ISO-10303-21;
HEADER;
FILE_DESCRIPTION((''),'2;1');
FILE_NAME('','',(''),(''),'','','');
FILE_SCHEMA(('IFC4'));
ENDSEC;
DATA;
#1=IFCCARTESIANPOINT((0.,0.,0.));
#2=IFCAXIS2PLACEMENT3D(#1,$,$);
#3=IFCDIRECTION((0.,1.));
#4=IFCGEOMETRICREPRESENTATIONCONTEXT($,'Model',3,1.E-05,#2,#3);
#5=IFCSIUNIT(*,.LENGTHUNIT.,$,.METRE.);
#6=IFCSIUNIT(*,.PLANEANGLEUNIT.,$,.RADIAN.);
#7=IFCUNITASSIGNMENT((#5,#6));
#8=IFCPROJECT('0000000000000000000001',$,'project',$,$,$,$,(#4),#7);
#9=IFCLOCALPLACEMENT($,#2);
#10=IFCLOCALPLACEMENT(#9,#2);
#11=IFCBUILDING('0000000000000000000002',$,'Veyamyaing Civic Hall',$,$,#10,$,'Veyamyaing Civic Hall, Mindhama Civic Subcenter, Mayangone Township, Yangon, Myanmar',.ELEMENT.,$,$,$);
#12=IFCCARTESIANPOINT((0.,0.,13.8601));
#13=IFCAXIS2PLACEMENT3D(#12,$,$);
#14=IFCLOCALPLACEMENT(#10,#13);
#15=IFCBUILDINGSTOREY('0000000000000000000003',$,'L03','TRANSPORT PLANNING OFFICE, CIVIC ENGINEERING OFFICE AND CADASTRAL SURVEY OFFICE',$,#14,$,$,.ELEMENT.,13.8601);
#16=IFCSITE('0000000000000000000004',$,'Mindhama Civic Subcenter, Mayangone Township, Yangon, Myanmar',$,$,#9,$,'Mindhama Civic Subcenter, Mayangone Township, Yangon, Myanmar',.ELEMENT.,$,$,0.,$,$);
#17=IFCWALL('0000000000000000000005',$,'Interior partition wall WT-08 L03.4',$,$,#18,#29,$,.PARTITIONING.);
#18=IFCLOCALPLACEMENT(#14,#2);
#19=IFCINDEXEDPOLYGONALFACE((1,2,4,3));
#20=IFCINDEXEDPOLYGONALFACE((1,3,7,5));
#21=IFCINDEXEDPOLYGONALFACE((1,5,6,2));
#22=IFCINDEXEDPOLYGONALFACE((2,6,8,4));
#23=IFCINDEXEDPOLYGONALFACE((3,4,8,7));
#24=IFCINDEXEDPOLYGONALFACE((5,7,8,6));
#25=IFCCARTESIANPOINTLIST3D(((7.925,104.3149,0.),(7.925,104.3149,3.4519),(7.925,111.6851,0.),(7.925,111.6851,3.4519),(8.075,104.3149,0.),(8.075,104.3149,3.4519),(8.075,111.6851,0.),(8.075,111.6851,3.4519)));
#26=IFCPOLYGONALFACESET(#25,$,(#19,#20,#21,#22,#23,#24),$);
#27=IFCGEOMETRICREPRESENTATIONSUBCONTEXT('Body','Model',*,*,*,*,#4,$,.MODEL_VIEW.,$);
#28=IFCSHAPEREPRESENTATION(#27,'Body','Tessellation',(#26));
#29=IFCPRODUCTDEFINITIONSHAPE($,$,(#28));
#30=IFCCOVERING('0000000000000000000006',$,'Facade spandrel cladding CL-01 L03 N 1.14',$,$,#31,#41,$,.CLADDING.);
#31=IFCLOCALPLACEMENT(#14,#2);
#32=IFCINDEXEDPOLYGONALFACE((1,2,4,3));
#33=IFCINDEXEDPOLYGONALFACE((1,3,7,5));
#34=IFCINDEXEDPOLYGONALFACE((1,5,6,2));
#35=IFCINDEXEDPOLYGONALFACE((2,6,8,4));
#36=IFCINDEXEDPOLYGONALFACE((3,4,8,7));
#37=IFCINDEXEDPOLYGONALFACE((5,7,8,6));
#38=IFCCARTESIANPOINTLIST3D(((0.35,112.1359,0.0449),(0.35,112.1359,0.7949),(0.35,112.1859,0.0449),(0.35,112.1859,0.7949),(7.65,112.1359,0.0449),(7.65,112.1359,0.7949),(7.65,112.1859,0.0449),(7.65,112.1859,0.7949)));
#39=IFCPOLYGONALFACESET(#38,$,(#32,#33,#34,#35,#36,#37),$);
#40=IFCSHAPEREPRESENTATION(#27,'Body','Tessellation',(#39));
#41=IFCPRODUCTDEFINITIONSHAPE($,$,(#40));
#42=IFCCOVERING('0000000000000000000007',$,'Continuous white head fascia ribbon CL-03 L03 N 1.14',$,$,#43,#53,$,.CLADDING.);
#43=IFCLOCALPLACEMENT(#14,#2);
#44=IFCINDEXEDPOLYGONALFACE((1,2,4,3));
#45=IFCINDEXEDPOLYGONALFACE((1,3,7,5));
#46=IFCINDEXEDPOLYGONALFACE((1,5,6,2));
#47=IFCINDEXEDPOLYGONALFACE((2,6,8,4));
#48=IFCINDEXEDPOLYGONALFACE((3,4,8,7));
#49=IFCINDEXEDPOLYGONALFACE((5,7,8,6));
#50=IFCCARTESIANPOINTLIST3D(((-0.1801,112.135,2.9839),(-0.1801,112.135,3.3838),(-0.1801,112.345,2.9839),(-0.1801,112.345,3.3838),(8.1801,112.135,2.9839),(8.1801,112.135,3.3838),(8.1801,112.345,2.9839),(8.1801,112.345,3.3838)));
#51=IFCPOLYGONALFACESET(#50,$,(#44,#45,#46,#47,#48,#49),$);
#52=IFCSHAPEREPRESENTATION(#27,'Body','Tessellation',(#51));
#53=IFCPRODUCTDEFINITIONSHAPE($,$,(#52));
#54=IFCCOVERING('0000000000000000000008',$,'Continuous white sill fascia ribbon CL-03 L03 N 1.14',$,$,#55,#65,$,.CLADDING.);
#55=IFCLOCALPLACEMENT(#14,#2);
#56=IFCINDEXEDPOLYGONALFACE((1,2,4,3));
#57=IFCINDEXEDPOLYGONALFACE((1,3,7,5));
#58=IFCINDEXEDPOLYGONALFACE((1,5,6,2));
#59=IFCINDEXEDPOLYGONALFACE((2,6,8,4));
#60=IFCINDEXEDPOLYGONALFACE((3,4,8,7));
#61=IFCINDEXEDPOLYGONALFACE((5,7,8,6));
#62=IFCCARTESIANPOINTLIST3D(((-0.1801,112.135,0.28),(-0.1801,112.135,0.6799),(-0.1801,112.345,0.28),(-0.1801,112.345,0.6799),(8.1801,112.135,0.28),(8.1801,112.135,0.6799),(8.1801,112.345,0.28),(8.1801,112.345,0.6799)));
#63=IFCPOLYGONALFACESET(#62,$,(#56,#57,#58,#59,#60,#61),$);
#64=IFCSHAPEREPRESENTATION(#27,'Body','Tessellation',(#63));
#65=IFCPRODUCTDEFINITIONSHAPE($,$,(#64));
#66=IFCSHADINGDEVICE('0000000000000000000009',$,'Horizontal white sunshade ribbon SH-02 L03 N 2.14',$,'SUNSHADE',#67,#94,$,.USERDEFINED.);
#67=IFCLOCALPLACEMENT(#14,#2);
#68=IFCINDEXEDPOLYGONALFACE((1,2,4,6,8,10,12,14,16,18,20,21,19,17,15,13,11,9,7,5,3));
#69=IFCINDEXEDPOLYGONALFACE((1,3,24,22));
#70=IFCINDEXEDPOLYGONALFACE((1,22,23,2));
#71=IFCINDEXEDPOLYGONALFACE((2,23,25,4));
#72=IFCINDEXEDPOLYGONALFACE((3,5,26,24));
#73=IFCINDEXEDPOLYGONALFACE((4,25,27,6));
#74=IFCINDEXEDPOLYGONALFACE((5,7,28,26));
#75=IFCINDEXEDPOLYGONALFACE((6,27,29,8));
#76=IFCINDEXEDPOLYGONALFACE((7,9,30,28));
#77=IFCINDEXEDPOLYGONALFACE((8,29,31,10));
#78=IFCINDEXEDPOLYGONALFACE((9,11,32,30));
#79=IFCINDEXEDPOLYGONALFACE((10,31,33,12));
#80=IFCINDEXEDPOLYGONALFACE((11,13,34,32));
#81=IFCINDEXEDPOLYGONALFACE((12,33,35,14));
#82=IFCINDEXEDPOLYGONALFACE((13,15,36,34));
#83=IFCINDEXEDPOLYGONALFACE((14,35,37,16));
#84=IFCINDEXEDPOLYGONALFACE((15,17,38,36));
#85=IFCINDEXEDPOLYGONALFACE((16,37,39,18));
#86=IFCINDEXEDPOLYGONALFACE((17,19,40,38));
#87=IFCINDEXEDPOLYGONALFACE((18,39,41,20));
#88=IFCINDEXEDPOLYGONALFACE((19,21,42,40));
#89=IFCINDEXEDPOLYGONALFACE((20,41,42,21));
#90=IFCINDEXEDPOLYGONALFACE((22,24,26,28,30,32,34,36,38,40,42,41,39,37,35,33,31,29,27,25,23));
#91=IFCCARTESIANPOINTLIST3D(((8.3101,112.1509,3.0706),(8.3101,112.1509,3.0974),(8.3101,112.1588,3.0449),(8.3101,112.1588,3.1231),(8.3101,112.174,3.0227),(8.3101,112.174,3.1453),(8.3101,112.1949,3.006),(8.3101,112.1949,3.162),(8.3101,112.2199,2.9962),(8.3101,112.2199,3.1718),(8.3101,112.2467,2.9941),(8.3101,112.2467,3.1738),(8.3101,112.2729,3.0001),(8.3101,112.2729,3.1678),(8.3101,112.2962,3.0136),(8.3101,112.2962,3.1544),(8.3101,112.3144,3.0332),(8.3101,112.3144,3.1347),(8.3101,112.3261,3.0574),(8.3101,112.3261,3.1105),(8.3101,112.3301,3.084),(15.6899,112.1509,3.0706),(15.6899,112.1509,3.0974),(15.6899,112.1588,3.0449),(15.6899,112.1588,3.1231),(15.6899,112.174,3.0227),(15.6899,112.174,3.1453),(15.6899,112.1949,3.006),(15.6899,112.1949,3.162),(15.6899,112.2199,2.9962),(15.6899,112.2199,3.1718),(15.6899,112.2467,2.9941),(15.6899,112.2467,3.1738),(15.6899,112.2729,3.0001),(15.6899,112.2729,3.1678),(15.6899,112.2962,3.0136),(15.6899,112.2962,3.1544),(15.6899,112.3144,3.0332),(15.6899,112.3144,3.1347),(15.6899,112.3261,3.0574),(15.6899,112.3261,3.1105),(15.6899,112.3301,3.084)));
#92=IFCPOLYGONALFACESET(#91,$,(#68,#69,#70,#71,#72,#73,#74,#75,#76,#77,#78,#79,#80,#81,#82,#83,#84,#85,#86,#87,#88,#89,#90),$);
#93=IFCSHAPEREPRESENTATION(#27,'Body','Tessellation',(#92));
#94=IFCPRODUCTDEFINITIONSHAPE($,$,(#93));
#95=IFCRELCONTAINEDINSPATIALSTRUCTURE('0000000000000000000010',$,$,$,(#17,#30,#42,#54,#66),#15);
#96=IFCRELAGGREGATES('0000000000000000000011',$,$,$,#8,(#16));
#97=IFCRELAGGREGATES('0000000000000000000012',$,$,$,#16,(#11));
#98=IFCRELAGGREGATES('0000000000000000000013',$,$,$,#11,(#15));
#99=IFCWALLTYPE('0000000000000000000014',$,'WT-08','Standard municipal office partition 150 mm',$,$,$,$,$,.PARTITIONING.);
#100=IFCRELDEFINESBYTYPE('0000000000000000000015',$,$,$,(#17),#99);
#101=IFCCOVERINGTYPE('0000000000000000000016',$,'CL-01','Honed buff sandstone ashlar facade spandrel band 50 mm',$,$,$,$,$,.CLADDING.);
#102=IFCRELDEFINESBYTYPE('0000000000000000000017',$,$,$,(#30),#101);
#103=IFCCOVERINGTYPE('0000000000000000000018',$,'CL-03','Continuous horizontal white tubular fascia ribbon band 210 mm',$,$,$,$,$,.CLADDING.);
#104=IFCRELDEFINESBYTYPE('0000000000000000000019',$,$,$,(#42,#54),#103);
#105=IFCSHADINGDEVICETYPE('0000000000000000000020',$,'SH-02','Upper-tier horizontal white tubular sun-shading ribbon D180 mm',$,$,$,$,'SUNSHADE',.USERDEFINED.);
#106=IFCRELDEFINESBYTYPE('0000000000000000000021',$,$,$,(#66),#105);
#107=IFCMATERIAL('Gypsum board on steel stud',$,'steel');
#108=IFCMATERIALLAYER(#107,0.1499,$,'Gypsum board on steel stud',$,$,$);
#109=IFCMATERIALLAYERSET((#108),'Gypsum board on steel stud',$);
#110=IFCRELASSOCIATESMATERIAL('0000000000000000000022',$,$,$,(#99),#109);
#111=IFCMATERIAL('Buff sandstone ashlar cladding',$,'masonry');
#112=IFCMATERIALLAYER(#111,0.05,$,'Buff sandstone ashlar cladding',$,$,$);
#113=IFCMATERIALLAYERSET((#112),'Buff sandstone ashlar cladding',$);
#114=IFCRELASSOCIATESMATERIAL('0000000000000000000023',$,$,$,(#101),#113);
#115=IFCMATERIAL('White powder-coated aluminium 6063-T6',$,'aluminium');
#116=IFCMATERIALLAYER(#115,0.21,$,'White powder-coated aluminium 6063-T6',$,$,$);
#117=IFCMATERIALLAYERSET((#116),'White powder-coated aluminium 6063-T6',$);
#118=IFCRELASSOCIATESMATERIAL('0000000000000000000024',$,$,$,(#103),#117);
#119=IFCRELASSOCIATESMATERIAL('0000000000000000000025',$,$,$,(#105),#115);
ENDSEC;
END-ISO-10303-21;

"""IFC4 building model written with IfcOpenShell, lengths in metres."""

from ifc_helpers import new_model, si_unit, direction, frame, frame_2d, origin, origin_2d, place, context, subcontext, project, spatial, rectangle, circle, extrude, material, layer, layer_set, material_profile, profile_set, type_object, element, save


model = new_model("IFC4")

# Units and contexts
model_context = context("Model", 3, precision=1e-05, world=origin(), true_north=direction((0.0, 1.0)))
body_context = subcontext(model_context, "Body", "Model", "MODEL_VIEW")
ifc_project = project(units=[si_unit("LENGTHUNIT", "METRE"), si_unit("PLANEANGLEUNIT", "RADIAN")], contexts=[model_context])

# Site, building, storey
site_placement = place(None, origin())
site = spatial("IfcSite", under=ifc_project, at=site_placement, Name="Mindhama Civic Subcenter, Mayangone Township, Yangon, Myanmar", LongName="Mindhama Civic Subcenter, Mayangone Township, Yangon, Myanmar", CompositionType="ELEMENT", RefElevation=0.0)
building_placement = place(site_placement, origin())
building = spatial("IfcBuilding", under=site, at=building_placement, Name="Veyamyaing Civic Hall", LongName="Veyamyaing Civic Hall, Mindhama Civic Subcenter, Mayangone Township, Yangon, Myanmar", CompositionType="ELEMENT")
storey_placement = place(building_placement, frame((0.0, 0.0, 13.8601)))
storey = spatial("IfcBuildingStorey", under=building, at=storey_placement, Name="L03", Description="TRANSPORT PLANNING OFFICE, CIVIC ENGINEERING OFFICE AND CADASTRAL SURVEY OFFICE", CompositionType="ELEMENT", Elevation=13.8601)

# Wall
ifc_material_1 = material(Name="Gypsum board on steel stud", Category="steel")
ifc_layer_1 = layer(ifc_material_1, 0.1499, Name="Gypsum board on steel stud")
ifc_layer_set_1 = layer_set([ifc_layer_1], Name="Gypsum board on steel stud")
wall_type_1 = type_object("IfcWallType", Name="WT-08", Description="Standard municipal office partition 150 mm", PredefinedType="PARTITIONING", material=ifc_layer_set_1)
wall_1_placement = place(storey_placement, frame((8.0, 104.3149, 0.0), z_axis=(0.0, 0.0, 1.0), x_axis=(0.0, 1.0, 0.0)))
element("IfcWall", 1, at=wall_1_placement, inside=storey, type_object=wall_type_1, Name="Interior partition wall WT-08 L03.4", PredefinedType="PARTITIONING", context=body_context, shape_type="SweptSolid", body=[
    extrude(rectangle(XDim=7.3701, YDim=0.1499, at=frame_2d((3.6851, 0.0))), origin(), (0.0, 0.0, 1.0), 3.4519),
])

# Coverings
ifc_material_2 = material(Name="Buff sandstone ashlar cladding", Category="masonry")
ifc_layer_2 = layer(ifc_material_2, 0.05, Name="Buff sandstone ashlar cladding")
ifc_layer_set_2 = layer_set([ifc_layer_2], Name="Buff sandstone ashlar cladding")
covering_type_1 = type_object("IfcCoveringType", Name="CL-01", Description="Honed buff sandstone ashlar facade spandrel band 50 mm", PredefinedType="CLADDING", material=ifc_layer_set_2)
covering_placement = place(storey_placement, frame((4.0, 112.1609, 0.0449), z_axis=(0.0, 0.0, 1.0), x_axis=(1.0, 0.0, 0.0)))
element("IfcCovering", 2, at=covering_placement, inside=storey, type_object=covering_type_1, Name="Facade spandrel cladding CL-01 L03 N 1.14", PredefinedType="CLADDING", context=body_context, shape_type="SweptSolid", body=[
    extrude(rectangle(XDim=7.3, YDim=0.05, at=origin_2d()), origin(), (0.0, 0.0, 1.0), 0.75),
])
ifc_material_3 = material(Name="White powder-coated aluminium 6063-T6", Category="aluminium")
ifc_layer_3 = layer(ifc_material_3, 0.21, Name="White powder-coated aluminium 6063-T6")
ifc_layer_set_3 = layer_set([ifc_layer_3], Name="White powder-coated aluminium 6063-T6")
covering_type_2 = type_object("IfcCoveringType", Name="CL-03", Description="Continuous horizontal white tubular fascia ribbon band 210 mm", PredefinedType="CLADDING", material=ifc_layer_set_3)
for number, where, z_axis, x_axis, name in (
    (3, (4.0, 112.24, 2.9839), (0.0, 0.0, 1.0), (1.0, 0.0, 0.0), "Continuous white head fascia ribbon CL-03 L03 N 1.14"),
    (4, (4.0, 112.24, 0.28), (0.0, 0.0, 1.0), (1.0, 0.0, 0.0), "Continuous white sill fascia ribbon CL-03 L03 N 1.14"),
):
    element("IfcCovering", number, at=place(storey_placement, frame(where, z_axis=z_axis, x_axis=x_axis)), inside=storey, type_object=covering_type_2, Name=name, PredefinedType="CLADDING", context=body_context, shape_type="SweptSolid", body=[
        extrude(rectangle(XDim=8.3601, YDim=0.21, at=origin_2d()), origin(), (0.0, 0.0, 1.0), 0.3999),
    ])

# Shading device
ifc_material_profile_1 = material_profile(ifc_material_3, circle(Radius=0.0901, at=origin_2d()), Name="SHADE-TUBE-180")
ifc_profile_set_1 = profile_set([ifc_material_profile_1], Name="White powder-coated aluminium 6063-T6")
shading_device_type = type_object("IfcShadingDeviceType", Name="SH-02", Description="Upper-tier horizontal white tubular sun-shading ribbon D180 mm", ElementType="SUNSHADE", PredefinedType="USERDEFINED", material=ifc_profile_set_1)
shading_device_placement = place(storey_placement, frame((8.3101, 112.24, 3.084), z_axis=(1.0, 0.0, 0.0), x_axis=(0.0, 1.0, 0.0)))
element("IfcShadingDevice", 5, at=shading_device_placement, inside=storey, type_object=shading_device_type, Name="Horizontal white sunshade ribbon SH-02 L03 N 2.14", ObjectType="SUNSHADE", PredefinedType="USERDEFINED", context=body_context, shape_type="SweptSolid", body=[
    extrude(circle(Radius=0.0901, at=origin_2d()), origin(), (0.0, 0.0, 1.0), 7.3799),
])

save(model, "model.ifc")
